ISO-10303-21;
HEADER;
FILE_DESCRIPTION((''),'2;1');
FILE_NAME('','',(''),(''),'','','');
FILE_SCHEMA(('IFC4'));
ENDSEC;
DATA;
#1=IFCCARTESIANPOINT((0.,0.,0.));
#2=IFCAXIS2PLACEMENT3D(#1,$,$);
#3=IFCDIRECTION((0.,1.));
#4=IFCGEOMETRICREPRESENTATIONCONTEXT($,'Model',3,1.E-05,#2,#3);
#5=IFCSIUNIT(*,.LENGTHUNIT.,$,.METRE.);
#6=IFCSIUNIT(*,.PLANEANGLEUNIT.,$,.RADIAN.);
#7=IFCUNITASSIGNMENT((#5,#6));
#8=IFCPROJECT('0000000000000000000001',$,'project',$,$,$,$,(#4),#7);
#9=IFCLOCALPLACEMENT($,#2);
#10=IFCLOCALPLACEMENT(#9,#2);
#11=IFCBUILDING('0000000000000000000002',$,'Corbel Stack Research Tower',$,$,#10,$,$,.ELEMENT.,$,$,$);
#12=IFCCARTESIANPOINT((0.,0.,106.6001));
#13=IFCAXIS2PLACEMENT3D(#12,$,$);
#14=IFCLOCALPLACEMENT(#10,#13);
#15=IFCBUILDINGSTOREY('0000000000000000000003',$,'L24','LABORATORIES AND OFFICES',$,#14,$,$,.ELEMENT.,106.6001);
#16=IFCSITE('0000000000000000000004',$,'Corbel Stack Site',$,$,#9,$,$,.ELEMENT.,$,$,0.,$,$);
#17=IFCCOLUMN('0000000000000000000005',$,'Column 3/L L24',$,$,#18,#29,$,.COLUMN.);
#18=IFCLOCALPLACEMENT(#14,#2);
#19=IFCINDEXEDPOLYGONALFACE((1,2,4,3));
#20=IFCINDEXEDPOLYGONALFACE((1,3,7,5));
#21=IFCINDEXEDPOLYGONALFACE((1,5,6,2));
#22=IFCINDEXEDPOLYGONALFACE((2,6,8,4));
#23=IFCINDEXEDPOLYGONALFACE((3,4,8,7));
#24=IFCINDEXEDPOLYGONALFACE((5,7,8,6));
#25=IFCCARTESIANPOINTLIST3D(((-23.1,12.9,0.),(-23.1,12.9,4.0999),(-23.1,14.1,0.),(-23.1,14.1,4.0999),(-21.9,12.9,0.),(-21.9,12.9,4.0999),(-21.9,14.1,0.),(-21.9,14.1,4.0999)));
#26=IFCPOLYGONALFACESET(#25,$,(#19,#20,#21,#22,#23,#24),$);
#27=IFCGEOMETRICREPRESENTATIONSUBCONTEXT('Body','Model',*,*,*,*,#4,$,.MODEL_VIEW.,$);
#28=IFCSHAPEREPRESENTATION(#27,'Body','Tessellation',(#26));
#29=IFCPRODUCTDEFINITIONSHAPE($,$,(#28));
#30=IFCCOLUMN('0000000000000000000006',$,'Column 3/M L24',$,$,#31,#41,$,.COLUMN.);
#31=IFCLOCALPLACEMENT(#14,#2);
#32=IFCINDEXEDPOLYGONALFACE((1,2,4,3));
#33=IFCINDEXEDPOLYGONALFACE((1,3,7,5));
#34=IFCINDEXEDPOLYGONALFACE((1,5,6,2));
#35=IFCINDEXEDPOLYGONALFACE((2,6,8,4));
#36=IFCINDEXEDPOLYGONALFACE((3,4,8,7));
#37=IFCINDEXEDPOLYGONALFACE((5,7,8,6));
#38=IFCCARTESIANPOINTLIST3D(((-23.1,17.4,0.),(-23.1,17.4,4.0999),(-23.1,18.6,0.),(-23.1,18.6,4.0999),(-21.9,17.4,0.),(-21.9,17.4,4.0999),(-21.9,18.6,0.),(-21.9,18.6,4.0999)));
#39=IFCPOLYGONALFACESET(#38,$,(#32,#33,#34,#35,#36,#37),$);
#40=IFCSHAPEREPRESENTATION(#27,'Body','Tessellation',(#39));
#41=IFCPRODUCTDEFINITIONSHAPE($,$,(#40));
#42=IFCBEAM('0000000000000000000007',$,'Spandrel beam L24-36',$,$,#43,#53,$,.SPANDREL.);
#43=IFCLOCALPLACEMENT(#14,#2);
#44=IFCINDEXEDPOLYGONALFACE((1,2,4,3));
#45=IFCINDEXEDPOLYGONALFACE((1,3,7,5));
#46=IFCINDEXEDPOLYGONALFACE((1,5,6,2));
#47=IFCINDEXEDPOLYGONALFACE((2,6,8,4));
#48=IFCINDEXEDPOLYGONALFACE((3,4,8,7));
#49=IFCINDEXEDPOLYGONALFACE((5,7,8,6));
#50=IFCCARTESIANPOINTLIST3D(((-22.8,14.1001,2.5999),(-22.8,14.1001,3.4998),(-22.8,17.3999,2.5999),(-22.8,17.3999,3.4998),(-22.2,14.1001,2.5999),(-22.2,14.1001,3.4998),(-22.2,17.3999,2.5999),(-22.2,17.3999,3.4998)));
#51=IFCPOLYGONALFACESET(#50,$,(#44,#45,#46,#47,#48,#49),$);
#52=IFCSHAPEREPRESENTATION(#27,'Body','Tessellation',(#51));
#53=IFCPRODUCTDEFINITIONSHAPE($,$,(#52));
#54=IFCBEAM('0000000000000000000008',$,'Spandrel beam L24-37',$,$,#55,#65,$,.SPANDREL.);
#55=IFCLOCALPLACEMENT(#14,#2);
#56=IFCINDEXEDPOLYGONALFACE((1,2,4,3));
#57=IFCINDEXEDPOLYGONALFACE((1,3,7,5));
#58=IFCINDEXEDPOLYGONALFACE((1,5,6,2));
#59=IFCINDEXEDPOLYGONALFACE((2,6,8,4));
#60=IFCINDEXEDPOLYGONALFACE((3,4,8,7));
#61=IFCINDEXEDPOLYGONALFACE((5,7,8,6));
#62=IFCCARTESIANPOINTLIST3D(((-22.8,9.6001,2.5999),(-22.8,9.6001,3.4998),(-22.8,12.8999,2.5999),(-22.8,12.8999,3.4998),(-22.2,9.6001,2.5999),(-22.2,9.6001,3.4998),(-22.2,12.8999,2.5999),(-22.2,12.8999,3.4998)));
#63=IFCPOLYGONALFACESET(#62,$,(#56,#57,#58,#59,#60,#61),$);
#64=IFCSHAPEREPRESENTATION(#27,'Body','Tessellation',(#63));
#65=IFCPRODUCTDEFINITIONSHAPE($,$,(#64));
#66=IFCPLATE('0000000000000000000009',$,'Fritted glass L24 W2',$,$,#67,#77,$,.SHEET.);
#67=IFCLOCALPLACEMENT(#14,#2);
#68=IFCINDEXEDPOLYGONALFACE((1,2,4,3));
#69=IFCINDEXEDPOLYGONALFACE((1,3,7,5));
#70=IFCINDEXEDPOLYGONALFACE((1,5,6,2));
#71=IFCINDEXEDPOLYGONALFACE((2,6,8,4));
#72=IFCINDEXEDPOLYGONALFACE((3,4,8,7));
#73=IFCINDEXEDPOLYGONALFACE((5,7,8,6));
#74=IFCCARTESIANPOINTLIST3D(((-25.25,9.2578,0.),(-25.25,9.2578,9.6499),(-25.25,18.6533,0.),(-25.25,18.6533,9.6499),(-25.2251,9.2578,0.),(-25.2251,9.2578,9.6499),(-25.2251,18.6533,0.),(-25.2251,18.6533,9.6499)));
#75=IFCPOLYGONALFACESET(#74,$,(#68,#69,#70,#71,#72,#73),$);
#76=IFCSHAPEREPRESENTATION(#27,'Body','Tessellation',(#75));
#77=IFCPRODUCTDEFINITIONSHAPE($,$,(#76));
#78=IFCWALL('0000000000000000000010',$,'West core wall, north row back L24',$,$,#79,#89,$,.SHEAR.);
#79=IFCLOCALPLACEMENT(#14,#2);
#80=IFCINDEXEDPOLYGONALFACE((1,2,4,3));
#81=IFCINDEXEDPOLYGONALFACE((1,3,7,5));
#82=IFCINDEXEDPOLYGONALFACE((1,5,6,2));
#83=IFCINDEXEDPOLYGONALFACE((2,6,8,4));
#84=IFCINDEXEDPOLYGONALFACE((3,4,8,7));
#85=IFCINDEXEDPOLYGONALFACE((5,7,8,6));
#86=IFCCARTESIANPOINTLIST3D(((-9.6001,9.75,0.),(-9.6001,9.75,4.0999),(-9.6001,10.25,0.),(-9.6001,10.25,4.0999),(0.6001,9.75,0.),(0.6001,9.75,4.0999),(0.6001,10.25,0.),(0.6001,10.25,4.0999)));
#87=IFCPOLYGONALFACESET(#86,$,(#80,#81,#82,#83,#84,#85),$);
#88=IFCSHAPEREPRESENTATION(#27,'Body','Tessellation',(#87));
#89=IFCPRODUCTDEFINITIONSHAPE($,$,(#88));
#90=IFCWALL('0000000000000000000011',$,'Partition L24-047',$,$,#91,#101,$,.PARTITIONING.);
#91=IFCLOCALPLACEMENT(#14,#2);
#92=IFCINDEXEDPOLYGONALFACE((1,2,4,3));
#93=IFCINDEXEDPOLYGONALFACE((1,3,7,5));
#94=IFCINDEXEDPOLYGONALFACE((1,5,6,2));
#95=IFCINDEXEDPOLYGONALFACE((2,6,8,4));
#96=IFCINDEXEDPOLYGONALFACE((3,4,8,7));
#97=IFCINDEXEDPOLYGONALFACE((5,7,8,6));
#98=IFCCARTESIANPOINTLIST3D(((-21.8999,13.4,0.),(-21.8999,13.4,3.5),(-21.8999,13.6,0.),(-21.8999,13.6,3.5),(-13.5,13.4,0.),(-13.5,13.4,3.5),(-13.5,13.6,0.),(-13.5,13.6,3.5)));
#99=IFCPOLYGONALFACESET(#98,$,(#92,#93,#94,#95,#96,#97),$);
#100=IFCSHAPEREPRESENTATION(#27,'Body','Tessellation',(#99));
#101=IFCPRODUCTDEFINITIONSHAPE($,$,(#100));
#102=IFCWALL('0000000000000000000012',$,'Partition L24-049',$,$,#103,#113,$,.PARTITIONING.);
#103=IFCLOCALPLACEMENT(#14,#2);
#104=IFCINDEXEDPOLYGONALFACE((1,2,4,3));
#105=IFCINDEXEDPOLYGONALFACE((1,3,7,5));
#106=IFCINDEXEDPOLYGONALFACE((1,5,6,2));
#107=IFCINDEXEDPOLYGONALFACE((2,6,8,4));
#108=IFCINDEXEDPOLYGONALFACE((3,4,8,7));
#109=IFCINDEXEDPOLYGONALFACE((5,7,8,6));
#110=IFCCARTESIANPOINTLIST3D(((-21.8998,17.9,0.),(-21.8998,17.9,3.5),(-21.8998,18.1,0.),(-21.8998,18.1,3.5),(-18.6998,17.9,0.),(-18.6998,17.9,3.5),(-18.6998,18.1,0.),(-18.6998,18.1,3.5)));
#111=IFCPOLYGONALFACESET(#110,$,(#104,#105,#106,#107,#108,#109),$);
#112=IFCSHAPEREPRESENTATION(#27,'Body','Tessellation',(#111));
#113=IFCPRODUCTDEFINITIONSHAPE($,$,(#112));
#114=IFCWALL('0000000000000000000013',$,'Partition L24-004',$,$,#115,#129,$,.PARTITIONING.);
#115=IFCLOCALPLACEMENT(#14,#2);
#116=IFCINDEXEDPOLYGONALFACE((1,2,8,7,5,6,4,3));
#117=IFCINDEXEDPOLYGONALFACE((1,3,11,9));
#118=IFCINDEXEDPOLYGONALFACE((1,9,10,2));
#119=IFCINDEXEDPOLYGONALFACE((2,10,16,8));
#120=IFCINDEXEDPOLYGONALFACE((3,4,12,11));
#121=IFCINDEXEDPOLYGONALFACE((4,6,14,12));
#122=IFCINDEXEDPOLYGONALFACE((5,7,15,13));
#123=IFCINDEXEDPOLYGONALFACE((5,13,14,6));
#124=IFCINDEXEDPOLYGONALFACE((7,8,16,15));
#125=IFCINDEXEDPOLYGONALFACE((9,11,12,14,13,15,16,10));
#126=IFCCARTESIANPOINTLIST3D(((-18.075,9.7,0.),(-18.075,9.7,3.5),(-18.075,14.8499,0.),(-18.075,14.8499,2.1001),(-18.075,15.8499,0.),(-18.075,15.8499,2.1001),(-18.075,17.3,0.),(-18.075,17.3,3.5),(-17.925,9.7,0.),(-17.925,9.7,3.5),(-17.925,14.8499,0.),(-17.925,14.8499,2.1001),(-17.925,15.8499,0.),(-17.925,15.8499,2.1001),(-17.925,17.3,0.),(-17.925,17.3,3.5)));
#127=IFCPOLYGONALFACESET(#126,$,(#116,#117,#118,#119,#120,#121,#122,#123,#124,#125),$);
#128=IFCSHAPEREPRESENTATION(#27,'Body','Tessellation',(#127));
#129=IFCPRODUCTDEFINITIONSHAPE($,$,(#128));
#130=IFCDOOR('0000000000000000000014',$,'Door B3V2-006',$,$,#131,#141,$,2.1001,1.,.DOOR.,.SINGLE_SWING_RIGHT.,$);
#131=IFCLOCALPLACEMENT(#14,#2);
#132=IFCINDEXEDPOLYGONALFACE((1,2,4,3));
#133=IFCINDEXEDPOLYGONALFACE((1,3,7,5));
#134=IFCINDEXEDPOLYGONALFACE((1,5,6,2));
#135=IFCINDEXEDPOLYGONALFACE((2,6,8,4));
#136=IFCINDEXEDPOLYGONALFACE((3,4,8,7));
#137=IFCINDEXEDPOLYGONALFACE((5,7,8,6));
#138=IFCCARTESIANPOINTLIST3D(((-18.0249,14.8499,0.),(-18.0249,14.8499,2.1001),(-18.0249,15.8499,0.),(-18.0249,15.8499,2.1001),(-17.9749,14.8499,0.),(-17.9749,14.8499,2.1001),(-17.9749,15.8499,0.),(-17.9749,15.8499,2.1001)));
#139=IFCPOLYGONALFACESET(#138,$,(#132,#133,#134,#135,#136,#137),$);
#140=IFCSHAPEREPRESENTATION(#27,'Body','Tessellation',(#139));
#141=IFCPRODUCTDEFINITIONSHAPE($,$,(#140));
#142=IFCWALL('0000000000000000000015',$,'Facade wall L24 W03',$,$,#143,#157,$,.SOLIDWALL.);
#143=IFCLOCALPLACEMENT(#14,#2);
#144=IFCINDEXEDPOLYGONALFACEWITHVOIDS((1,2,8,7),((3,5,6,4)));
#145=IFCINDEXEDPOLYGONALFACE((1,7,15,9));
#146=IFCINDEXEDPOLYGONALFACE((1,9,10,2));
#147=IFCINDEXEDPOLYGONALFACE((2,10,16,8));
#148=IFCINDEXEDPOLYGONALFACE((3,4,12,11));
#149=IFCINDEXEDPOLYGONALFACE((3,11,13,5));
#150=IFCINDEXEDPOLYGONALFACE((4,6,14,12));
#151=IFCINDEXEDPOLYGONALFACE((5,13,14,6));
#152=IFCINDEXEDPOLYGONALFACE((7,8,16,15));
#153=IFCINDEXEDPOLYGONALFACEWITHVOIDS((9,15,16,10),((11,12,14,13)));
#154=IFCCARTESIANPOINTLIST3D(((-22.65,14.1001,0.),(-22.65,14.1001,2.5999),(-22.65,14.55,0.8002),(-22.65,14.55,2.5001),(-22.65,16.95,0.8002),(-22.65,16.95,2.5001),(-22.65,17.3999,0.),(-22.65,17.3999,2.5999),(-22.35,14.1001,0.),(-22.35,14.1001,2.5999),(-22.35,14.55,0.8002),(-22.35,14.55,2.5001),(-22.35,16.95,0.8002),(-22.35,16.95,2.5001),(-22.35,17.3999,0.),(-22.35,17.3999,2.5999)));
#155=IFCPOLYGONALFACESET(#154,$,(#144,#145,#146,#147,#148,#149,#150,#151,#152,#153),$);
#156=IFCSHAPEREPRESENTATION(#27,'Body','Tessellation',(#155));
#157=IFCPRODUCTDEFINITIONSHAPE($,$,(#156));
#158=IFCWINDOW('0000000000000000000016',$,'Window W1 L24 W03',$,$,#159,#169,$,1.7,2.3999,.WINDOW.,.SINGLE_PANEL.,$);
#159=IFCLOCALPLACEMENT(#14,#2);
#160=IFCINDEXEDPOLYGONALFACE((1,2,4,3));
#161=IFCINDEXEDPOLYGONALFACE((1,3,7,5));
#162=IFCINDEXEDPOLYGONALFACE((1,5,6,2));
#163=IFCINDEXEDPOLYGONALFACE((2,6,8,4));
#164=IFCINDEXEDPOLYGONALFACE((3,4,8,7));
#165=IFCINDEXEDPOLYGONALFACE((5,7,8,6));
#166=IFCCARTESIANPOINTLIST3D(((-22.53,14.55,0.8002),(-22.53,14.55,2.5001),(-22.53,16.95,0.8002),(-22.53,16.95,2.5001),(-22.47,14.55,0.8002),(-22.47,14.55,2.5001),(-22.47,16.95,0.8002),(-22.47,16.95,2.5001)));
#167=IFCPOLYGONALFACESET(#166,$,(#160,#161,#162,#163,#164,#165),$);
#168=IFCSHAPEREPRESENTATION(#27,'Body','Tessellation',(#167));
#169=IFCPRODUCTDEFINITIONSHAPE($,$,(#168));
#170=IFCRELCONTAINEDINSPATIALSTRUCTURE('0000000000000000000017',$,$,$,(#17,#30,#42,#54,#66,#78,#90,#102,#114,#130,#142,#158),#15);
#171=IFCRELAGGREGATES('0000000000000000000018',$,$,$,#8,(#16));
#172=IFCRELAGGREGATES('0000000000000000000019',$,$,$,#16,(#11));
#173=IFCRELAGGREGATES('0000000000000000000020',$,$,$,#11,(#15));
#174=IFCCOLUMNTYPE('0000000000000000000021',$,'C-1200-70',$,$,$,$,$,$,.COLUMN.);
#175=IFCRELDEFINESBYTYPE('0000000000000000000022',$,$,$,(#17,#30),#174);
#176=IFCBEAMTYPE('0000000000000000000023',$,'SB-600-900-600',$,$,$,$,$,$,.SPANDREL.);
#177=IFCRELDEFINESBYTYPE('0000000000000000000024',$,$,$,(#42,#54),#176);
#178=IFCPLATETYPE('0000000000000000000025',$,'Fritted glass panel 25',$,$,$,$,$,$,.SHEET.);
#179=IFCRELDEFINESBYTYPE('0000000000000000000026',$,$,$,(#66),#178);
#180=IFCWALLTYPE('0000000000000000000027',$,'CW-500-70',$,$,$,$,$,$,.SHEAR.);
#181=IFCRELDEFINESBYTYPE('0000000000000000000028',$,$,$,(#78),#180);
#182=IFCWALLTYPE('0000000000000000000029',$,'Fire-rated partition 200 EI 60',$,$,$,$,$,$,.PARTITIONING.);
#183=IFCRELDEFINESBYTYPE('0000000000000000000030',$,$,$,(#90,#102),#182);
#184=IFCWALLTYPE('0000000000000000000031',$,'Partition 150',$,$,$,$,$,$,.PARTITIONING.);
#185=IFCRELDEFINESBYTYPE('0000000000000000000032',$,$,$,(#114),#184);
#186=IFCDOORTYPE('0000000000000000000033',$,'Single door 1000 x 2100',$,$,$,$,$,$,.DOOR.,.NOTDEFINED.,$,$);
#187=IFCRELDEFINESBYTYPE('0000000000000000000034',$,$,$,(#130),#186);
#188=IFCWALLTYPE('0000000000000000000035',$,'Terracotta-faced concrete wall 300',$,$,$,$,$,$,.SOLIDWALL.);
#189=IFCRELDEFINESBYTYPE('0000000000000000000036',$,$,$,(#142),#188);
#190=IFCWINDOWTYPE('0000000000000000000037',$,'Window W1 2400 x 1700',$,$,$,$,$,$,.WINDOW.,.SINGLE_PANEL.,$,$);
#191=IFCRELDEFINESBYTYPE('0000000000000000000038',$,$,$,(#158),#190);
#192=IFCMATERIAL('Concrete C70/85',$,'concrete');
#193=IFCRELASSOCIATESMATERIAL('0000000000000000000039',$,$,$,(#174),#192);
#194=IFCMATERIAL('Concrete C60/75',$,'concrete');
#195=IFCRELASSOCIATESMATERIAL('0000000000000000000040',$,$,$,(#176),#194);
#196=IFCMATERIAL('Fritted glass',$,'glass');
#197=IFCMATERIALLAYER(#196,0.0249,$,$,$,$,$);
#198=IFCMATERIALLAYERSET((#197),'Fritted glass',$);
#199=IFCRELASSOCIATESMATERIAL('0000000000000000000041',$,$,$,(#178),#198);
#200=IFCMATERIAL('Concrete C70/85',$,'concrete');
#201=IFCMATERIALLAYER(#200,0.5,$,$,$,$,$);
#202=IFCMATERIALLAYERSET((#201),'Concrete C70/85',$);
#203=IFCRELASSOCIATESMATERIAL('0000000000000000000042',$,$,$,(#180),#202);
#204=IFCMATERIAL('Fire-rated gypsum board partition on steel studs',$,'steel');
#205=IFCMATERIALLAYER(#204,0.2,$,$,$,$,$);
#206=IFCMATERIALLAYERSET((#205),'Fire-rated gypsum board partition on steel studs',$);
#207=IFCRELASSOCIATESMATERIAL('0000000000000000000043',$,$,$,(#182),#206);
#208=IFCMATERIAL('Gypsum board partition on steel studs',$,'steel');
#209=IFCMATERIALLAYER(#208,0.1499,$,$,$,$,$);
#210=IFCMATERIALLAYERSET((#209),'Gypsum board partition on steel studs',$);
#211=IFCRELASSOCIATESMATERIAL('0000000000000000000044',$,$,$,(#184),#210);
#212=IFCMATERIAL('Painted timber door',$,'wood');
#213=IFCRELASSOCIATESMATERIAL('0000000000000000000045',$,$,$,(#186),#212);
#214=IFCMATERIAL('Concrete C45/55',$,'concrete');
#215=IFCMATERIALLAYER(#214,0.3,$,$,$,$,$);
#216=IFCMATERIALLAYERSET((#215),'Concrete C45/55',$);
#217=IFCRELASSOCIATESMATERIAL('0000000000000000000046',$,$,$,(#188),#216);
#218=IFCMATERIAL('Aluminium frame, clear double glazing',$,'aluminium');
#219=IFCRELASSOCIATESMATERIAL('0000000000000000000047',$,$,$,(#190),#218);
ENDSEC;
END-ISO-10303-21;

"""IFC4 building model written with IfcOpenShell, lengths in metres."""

from ifc_helpers import new_model, si_unit, direction, frame, frame_2d, origin, origin_2d, place, context, subcontext, project, spatial, rectangle, extrude, material, layer, layer_set, material_profile, profile_set, type_object, element, fill, save


model = new_model("IFC4")

# Units and contexts
model_context = context("Model", 3, precision=1e-05, world=origin(), true_north=direction((0.0, 1.0)))
body_context = subcontext(model_context, "Body", "Model", "MODEL_VIEW")
ifc_project = project(units=[si_unit("LENGTHUNIT", "METRE"), si_unit("PLANEANGLEUNIT", "RADIAN")], contexts=[model_context])

# Site, building, storey
site_placement = place(None, origin())
site = spatial("IfcSite", under=ifc_project, at=site_placement, Name="Corbel Stack Site", CompositionType="ELEMENT", RefElevation=0.0)
building_placement = place(site_placement, origin())
building = spatial("IfcBuilding", under=site, at=building_placement, Name="Corbel Stack Research Tower", CompositionType="ELEMENT")
storey_placement = place(building_placement, frame((0.0, 0.0, 106.6001)))
storey = spatial("IfcBuildingStorey", under=building, at=storey_placement, Name="L24", Description="LABORATORIES AND OFFICES", CompositionType="ELEMENT", Elevation=106.6001)

# Columns
ifc_material_1 = material(Name="Concrete C70/85", Category="concrete")
ifc_material_profile_1 = material_profile(ifc_material_1, rectangle(XDim=1.2, YDim=1.2, at=origin_2d()), Name="RC 1200 x 1200")
ifc_profile_set_1 = profile_set([ifc_material_profile_1], Name="Concrete C70/85")
column_type = type_object("IfcColumnType", Name="C-1200-70", PredefinedType="COLUMN", material=ifc_profile_set_1)
for number, where, z_axis, x_axis, name in (
    (1, (-22.5, 13.5, 0.0), (0.0, 0.0, 1.0), (1.0, 0.0, 0.0), "Column 3/L L24"),
    (2, (-22.5, 18.0, 0.0), (0.0, 0.0, 1.0), (1.0, 0.0, 0.0), "Column 3/M L24"),
):
    element("IfcColumn", number, at=place(storey_placement, frame(where, z_axis=z_axis, x_axis=x_axis)), inside=storey, type_object=column_type, Name=name, PredefinedType="COLUMN", context=body_context, shape_type="SweptSolid", body=[
        extrude(rectangle(XDim=1.2, YDim=1.2, at=origin_2d()), origin(), (0.0, 0.0, 1.0), 4.0999),
    ])

# Beams
ifc_material_2 = material(Name="Concrete C60/75", Category="concrete")
ifc_material_profile_2 = material_profile(ifc_material_2, rectangle(XDim=0.6001, YDim=0.8999, at=origin_2d()), Name="RC 600 x 900")
ifc_profile_set_2 = profile_set([ifc_material_profile_2], Name="Concrete C60/75")
beam_type = type_object("IfcBeamType", Name="SB-600-900-600", PredefinedType="SPANDREL", material=ifc_profile_set_2)
for number, where, z_axis, x_axis, name in (
    (3, (-22.5, 17.3999, 3.0498), (0.0, -1.0, 0.0), (1.0, 0.0, 0.0), "Spandrel beam L24-36"),
    (4, (-22.5, 12.8999, 3.0498), (0.0, -1.0, 0.0), (1.0, 0.0, 0.0), "Spandrel beam L24-37"),
):
    element("IfcBeam", number, at=place(storey_placement, frame(where, z_axis=z_axis, x_axis=x_axis)), inside=storey, type_object=beam_type, Name=name, PredefinedType="SPANDREL", context=body_context, shape_type="SweptSolid", body=[
        extrude(rectangle(XDim=0.6001, YDim=0.8999, at=origin_2d()), origin(), (0.0, 0.0, 1.0), 3.2998),
    ])

# Plate
ifc_material_3 = material(Name="Fritted glass", Category="glass")
ifc_layer_1 = layer(ifc_material_3, 0.0249)
ifc_layer_set_1 = layer_set([ifc_layer_1], Name="Fritted glass")
plate_type = type_object("IfcPlateType", Name="Fritted glass panel 25", PredefinedType="SHEET", material=ifc_layer_set_1)
plate_placement = place(storey_placement, frame((-25.2375, 13.9556, 0.0), z_axis=(0.0, 0.0, 1.0), x_axis=(0.0, -1.0, 0.0)))
element("IfcPlate", 5, at=plate_placement, inside=storey, type_object=plate_type, Name="Fritted glass L24 W2", PredefinedType="SHEET", context=body_context, shape_type="SweptSolid", body=[
    extrude(rectangle(XDim=9.3955, YDim=0.0249, at=origin_2d()), origin(), (0.0, 0.0, 1.0), 9.6499),
])

# Walls
ifc_material_4 = material(Name="Concrete C70/85", Category="concrete")
ifc_layer_2 = layer(ifc_material_4, 0.5)
ifc_layer_set_2 = layer_set([ifc_layer_2], Name="Concrete C70/85")
wall_type_1 = type_object("IfcWallType", Name="CW-500-70", PredefinedType="SHEAR", material=ifc_layer_set_2)
wall_1_placement = place(storey_placement, frame((-9.6001, 10.0, 0.0), z_axis=(0.0, 0.0, 1.0), x_axis=(1.0, 0.0, 0.0)))
element("IfcWall", 6, at=wall_1_placement, inside=storey, type_object=wall_type_1, Name="West core wall, north row back L24", PredefinedType="SHEAR", context=body_context, shape_type="SweptSolid", body=[
    extrude(rectangle(XDim=10.2002, YDim=0.5, at=frame_2d((5.1001, 0.0))), origin(), (0.0, 0.0, 1.0), 4.0999),
])
ifc_material_5 = material(Name="Fire-rated gypsum board partition on steel studs", Category="steel")
ifc_layer_3 = layer(ifc_material_5, 0.2)
ifc_layer_set_3 = layer_set([ifc_layer_3], Name="Fire-rated gypsum board partition on steel studs")
wall_type_2 = type_object("IfcWallType", Name="Fire-rated partition 200 EI 60", PredefinedType="PARTITIONING", material=ifc_layer_set_3)
wall_2_placement = place(storey_placement, frame((-21.8999, 13.5, 0.0), z_axis=(0.0, 0.0, 1.0), x_axis=(1.0, 0.0, 0.0)))
element("IfcWall", 7, at=wall_2_placement, inside=storey, type_object=wall_type_2, Name="Partition L24-047", PredefinedType="PARTITIONING", context=body_context, shape_type="SweptSolid", body=[
    extrude(rectangle(XDim=8.3999, YDim=0.2, at=frame_2d((4.2, 0.0))), origin(), (0.0, 0.0, 1.0), 3.5),
])
wall_3_placement = place(storey_placement, frame((-21.8999, 18.0, 0.0), z_axis=(0.0, 0.0, 1.0), x_axis=(1.0, 0.0, 0.0)))
element("IfcWall", 8, at=wall_3_placement, inside=storey, type_object=wall_type_2, Name="Partition L24-049", PredefinedType="PARTITIONING", context=body_context, shape_type="SweptSolid", body=[
    extrude(rectangle(XDim=3.2, YDim=0.2, at=frame_2d((1.6001, 0.0))), origin(), (0.0, 0.0, 1.0), 3.5),
])

# Wall, opening, door
ifc_material_6 = material(Name="Gypsum board partition on steel studs", Category="steel")
ifc_layer_4 = layer(ifc_material_6, 0.1499)
ifc_layer_set_4 = layer_set([ifc_layer_4], Name="Gypsum board partition on steel studs")
wall_type_3 = type_object("IfcWallType", Name="Partition 150", PredefinedType="PARTITIONING", material=ifc_layer_set_4)
wall_4_placement = place(storey_placement, frame((-18.0, 9.7, 0.0), z_axis=(0.0, 0.0, 1.0), x_axis=(0.0, 1.0, 0.0)))
wall_4 = element("IfcWall", 9, at=wall_4_placement, inside=storey, type_object=wall_type_3, Name="Partition L24-004", PredefinedType="PARTITIONING", context=body_context, shape_type="SweptSolid", body=[
    extrude(rectangle(XDim=7.6001, YDim=0.1499, at=frame_2d((3.8, 0.0))), origin(), (0.0, 0.0, 1.0), 3.5),
])
opening_1_placement = place(wall_4_placement, frame((5.1499, 0.0, 0.0)))
opening_1 = element("IfcOpeningElement", 10, at=opening_1_placement, cuts=wall_4, PredefinedType="OPENING", context=body_context, shape_type="SweptSolid", body=[
    extrude(rectangle(XDim=1.0, YDim=2.1001, at=frame_2d((0.5, 1.05))), frame((0.0, 0.085, 0.0), z_axis=(0.0, -1.0, 0.0), x_axis=(1.0, 0.0, 0.0)), (0.0, 0.0, 1.0), 0.1699),
])
ifc_material_7 = material(Name="Painted timber door", Category="wood")
door_type = type_object("IfcDoorType", Name="Single door 1000 x 2100", OperationType="NOTDEFINED", PredefinedType="DOOR", material=ifc_material_7)
door_placement = place(opening_1_placement, origin())
door = element("IfcDoor", 11, at=door_placement, inside=storey, type_object=door_type, Name="Door B3V2-006", OperationType="SINGLE_SWING_RIGHT", OverallHeight=2.1001, OverallWidth=1.0, PredefinedType="DOOR", context=body_context, shape_type="SweptSolid", body=[
    extrude(rectangle(XDim=1.0, YDim=2.1001, at=frame_2d((0.5, 1.05))), frame((0.0, 0.0249, 0.0), z_axis=(0.0, -1.0, 0.0), x_axis=(1.0, 0.0, 0.0)), (0.0, 0.0, 1.0), 0.05),
])
fill(opening_1, door)

# Wall, opening, window
ifc_material_8 = material(Name="Concrete C45/55", Category="concrete")
ifc_layer_5 = layer(ifc_material_8, 0.3)
ifc_layer_set_5 = layer_set([ifc_layer_5], Name="Concrete C45/55")
wall_type_4 = type_object("IfcWallType", Name="Terracotta-faced concrete wall 300", PredefinedType="SOLIDWALL", material=ifc_layer_set_5)
wall_5_placement = place(storey_placement, frame((-22.5, 14.1001, 0.0), z_axis=(0.0, 0.0, 1.0), x_axis=(0.0, 1.0, 0.0)))
wall_5 = element("IfcWall", 12, at=wall_5_placement, inside=storey, type_object=wall_type_4, Name="Facade wall L24 W03", PredefinedType="SOLIDWALL", context=body_context, shape_type="SweptSolid", body=[
    extrude(rectangle(XDim=3.2998, YDim=0.3, at=frame_2d((1.6499, 0.0))), origin(), (0.0, 0.0, 1.0), 2.5999),
])
opening_2_placement = place(wall_5_placement, frame((0.45, 0.0, 0.8)))
opening_2 = element("IfcOpeningElement", 13, at=opening_2_placement, cuts=wall_5, PredefinedType="OPENING", context=body_context, shape_type="SweptSolid", body=[
    extrude(rectangle(XDim=2.3999, YDim=1.7, at=frame_2d((1.2, 0.8501))), frame((0.0, 0.1599, 0.0), z_axis=(0.0, -1.0, 0.0), x_axis=(1.0, 0.0, 0.0)), (0.0, 0.0, 1.0), 0.3201),
])
ifc_material_9 = material(Name="Aluminium frame, clear double glazing", Category="aluminium")
window_type = type_object("IfcWindowType", Name="Window W1 2400 x 1700", PartitioningType="SINGLE_PANEL", PredefinedType="WINDOW", material=ifc_material_9)
window_1_placement = place(opening_2_placement, origin())
window_1 = element("IfcWindow", 14, at=window_1_placement, inside=storey, type_object=window_type, Name="Window W1 L24 W03", OverallHeight=1.7, OverallWidth=2.3999, PartitioningType="SINGLE_PANEL", PredefinedType="WINDOW", context=body_context, shape_type="SweptSolid", body=[
    extrude(rectangle(XDim=2.3999, YDim=1.7, at=frame_2d((1.2, 0.8501))), frame((0.0, 0.03, 0.0), z_axis=(0.0, -1.0, 0.0), x_axis=(1.0, 0.0, 0.0)), (0.0, 0.0, 1.0), 0.0601),
])
fill(opening_2, window_1)

save(model, "model.ifc")
